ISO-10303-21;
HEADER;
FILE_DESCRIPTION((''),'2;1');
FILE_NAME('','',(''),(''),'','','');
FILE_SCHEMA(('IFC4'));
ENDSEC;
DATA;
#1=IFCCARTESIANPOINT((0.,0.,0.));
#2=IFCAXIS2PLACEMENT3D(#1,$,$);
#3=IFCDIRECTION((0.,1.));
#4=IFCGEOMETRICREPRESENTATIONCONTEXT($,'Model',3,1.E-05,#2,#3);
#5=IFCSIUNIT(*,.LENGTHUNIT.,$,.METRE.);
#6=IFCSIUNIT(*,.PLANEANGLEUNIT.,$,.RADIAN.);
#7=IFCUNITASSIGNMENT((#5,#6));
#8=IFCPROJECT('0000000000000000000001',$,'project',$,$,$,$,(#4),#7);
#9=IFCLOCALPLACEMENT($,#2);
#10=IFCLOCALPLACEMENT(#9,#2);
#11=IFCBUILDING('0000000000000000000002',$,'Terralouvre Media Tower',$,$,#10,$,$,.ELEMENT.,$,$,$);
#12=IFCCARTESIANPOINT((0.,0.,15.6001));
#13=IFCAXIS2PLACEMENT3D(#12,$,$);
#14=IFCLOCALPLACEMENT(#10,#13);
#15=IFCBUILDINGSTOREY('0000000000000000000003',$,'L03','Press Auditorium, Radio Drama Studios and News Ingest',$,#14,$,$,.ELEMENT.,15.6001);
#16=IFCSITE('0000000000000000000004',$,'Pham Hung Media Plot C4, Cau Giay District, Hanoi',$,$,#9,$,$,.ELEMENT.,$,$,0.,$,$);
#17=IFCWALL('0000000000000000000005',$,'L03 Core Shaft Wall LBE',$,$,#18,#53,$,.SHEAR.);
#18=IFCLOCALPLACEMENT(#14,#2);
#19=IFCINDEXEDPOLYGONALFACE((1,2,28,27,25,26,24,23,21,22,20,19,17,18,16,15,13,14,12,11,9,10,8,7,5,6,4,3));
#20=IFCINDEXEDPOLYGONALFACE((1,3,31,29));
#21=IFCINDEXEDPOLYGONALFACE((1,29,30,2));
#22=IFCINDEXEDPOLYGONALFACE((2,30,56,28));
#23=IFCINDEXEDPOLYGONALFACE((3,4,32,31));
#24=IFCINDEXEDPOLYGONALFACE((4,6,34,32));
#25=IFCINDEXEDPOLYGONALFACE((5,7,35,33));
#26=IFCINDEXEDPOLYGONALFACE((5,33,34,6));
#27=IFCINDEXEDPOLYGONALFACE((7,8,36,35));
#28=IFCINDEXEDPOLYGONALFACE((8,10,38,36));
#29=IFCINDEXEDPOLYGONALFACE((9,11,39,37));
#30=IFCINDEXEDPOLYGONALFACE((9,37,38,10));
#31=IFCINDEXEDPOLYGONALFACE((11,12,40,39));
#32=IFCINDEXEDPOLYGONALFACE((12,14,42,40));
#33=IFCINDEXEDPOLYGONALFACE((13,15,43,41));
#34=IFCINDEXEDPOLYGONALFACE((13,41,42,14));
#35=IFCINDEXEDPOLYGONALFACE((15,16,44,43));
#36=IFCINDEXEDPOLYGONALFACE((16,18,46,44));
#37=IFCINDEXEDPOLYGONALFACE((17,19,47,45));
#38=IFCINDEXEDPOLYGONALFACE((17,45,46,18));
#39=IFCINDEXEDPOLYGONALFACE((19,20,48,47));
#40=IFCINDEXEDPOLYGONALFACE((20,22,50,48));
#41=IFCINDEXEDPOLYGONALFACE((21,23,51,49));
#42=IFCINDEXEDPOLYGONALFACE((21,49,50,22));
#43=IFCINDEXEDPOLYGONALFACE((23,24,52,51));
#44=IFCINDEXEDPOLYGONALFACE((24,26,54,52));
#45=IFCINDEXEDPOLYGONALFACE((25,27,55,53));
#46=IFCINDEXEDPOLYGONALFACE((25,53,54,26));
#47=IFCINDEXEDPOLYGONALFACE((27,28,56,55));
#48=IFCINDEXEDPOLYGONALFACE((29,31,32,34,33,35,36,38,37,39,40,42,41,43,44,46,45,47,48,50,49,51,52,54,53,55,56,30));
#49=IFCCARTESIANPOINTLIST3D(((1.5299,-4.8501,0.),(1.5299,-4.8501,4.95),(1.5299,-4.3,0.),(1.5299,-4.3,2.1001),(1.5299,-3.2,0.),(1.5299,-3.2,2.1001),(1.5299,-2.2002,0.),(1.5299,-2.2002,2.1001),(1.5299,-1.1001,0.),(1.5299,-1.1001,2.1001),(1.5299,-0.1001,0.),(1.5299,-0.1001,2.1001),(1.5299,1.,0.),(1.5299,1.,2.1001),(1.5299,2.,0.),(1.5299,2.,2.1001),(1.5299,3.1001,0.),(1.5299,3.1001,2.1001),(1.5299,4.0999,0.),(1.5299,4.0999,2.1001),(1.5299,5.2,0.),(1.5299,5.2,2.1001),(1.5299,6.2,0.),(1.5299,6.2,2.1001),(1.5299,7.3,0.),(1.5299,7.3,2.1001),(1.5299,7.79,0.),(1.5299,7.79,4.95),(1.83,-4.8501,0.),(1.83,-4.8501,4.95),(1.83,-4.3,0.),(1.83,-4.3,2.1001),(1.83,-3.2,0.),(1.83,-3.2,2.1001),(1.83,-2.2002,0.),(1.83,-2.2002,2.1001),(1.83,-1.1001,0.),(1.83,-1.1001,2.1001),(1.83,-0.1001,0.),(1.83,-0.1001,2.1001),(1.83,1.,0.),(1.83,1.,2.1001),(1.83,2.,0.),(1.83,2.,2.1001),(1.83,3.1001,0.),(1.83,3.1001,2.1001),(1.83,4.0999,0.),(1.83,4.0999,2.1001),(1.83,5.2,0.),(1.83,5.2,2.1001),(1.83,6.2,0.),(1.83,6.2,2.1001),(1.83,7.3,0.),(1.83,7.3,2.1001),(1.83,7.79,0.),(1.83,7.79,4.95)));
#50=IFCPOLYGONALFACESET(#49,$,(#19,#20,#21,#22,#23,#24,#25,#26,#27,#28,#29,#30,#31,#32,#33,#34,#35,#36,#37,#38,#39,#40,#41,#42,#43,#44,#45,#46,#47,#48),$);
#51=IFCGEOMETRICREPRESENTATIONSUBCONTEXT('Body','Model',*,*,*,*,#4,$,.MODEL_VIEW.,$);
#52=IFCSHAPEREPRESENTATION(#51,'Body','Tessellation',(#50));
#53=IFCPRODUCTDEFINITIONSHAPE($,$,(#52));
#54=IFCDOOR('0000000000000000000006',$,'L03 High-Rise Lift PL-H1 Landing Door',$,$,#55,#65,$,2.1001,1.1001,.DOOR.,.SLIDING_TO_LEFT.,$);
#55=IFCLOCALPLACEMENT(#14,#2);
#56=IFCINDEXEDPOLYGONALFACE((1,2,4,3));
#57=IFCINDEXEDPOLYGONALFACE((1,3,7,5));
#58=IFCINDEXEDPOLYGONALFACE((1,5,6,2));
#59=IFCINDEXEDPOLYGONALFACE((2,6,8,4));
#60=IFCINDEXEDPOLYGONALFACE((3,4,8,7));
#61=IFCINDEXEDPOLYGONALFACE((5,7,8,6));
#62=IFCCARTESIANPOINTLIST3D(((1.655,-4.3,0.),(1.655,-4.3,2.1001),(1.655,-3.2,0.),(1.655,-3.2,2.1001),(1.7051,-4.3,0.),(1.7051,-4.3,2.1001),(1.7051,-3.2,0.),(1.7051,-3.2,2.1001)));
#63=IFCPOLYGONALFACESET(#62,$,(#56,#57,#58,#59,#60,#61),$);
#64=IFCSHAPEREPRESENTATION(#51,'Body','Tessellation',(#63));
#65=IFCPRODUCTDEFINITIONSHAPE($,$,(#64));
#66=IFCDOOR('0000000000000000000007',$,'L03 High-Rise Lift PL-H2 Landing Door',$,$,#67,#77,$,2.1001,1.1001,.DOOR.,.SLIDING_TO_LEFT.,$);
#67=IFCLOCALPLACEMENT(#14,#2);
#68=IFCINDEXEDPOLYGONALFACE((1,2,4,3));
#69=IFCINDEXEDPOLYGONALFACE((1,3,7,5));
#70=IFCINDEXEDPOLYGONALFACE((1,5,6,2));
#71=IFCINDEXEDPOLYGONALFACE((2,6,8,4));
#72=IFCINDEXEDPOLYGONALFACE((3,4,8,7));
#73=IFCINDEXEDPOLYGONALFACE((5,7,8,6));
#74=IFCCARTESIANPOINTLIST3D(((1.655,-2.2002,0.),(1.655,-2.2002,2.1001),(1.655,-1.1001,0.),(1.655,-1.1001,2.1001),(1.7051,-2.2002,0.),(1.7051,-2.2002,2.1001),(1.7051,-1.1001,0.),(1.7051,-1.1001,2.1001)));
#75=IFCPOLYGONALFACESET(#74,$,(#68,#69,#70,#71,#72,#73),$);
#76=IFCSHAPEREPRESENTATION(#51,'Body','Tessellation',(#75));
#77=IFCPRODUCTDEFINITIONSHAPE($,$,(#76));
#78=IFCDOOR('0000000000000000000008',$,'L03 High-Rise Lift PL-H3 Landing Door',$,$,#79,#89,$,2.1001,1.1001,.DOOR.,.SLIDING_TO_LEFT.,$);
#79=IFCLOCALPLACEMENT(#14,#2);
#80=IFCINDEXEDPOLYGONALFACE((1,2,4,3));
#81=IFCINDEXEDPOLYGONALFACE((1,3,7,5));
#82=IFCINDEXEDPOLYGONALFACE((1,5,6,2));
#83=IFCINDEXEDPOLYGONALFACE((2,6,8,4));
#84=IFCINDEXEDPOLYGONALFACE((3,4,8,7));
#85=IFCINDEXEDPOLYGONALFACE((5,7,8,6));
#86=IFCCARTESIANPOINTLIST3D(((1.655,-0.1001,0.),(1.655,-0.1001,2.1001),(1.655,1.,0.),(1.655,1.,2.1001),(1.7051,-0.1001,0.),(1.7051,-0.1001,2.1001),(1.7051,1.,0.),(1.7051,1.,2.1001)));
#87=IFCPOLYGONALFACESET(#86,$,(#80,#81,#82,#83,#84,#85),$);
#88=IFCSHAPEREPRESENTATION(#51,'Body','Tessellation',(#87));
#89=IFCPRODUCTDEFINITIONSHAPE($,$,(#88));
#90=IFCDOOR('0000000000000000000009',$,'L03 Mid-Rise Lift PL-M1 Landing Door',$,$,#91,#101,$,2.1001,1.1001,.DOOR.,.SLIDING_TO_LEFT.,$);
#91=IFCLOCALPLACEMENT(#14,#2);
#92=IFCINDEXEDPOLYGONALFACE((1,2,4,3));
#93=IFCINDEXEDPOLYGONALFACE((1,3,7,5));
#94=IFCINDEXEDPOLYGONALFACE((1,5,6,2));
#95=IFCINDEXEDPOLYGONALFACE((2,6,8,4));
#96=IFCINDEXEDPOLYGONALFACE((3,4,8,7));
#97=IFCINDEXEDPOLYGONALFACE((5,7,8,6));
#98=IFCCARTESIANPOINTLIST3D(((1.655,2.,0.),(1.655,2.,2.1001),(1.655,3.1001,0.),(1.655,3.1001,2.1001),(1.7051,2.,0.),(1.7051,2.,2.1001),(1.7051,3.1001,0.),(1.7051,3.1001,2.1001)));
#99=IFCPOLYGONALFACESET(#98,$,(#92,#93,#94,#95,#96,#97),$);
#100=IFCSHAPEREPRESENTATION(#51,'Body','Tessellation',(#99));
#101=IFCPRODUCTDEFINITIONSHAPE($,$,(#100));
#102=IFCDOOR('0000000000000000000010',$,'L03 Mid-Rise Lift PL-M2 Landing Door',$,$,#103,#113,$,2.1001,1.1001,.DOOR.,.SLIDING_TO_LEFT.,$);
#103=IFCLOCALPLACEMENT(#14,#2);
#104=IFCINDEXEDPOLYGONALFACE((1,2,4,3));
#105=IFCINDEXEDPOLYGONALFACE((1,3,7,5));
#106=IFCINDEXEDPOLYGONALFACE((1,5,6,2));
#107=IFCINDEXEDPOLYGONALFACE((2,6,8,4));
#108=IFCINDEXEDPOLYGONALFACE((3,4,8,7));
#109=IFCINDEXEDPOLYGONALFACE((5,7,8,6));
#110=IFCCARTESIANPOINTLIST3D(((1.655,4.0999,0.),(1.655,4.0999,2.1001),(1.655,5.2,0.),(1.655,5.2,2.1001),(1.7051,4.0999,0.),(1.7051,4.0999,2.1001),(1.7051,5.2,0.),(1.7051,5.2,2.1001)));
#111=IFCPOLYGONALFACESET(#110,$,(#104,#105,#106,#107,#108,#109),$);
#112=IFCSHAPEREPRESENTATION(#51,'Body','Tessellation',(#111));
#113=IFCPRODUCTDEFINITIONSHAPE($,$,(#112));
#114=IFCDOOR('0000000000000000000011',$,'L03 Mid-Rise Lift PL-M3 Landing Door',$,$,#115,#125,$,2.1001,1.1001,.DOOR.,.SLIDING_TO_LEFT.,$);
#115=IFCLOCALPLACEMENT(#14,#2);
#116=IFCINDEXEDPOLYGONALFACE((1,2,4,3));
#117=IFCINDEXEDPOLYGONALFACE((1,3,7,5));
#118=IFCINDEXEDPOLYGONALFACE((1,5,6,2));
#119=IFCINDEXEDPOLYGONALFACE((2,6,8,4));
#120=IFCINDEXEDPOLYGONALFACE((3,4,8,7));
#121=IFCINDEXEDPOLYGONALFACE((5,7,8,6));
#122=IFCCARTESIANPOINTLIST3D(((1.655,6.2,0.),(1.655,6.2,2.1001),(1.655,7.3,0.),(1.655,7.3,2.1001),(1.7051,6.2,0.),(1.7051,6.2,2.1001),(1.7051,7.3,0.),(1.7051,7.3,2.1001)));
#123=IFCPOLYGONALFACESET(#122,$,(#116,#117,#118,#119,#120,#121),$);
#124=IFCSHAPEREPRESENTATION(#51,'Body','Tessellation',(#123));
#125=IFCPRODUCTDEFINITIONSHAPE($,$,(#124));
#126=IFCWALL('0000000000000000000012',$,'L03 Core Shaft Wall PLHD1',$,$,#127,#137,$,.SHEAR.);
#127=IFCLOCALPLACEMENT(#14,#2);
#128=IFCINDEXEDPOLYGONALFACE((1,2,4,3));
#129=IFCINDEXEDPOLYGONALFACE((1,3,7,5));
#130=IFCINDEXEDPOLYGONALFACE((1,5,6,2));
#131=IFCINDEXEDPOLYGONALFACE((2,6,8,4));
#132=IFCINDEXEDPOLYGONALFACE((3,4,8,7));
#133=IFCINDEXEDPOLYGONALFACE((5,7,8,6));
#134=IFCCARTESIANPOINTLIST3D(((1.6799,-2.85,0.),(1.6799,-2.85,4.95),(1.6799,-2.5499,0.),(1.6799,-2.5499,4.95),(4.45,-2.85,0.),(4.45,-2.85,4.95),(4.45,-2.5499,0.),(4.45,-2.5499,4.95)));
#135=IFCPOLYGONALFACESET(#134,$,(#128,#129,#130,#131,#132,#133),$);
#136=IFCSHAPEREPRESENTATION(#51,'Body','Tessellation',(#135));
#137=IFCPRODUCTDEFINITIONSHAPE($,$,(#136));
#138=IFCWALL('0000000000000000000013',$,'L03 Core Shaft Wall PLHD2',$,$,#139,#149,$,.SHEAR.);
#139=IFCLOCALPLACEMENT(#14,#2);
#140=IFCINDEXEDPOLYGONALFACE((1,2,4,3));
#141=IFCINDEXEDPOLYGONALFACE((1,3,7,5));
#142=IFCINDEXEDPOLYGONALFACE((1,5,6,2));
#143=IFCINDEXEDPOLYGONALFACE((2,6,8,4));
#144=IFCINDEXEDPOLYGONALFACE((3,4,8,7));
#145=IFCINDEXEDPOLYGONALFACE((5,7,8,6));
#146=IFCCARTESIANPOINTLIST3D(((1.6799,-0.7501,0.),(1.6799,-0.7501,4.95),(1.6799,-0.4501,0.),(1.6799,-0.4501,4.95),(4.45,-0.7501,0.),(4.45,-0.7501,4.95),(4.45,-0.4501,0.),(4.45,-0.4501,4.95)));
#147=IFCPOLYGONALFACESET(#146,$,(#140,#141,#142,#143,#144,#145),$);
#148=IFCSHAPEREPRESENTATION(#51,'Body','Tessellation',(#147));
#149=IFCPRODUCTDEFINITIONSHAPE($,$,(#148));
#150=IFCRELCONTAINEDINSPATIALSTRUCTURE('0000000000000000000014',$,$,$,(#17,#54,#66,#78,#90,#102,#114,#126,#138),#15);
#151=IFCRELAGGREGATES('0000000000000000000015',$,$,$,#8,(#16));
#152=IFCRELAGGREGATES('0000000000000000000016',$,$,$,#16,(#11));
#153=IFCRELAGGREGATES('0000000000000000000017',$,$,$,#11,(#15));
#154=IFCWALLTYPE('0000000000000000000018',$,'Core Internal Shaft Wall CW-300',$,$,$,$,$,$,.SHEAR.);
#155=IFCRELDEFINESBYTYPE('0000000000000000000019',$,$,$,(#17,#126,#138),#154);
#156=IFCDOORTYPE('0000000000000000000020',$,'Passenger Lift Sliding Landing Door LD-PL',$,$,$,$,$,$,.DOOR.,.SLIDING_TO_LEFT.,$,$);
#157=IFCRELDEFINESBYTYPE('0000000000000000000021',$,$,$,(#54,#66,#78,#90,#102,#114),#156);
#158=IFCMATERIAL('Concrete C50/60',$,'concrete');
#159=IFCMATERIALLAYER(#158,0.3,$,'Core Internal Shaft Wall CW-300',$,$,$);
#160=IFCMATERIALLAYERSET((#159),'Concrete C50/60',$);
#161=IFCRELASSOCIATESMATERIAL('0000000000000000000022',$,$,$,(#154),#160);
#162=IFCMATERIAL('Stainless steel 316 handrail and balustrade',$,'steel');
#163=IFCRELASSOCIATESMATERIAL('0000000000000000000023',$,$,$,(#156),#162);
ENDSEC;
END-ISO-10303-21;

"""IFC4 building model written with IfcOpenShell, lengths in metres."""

from ifc_helpers import new_model, si_unit, direction, frame, frame_2d, origin, place, context, subcontext, project, spatial, rectangle, extrude, material, layer, layer_set, type_object, element, fill, save


model = new_model("IFC4")

# Units and contexts
model_context = context("Model", 3, precision=1e-05, world=origin(), true_north=direction((0.0, 1.0)))
body_context = subcontext(model_context, "Body", "Model", "MODEL_VIEW")
ifc_project = project(units=[si_unit("LENGTHUNIT", "METRE"), si_unit("PLANEANGLEUNIT", "RADIAN")], contexts=[model_context])

# Site, building, storey
site_placement = place(None, origin())
site = spatial("IfcSite", under=ifc_project, at=site_placement, Name="Pham Hung Media Plot C4, Cau Giay District, Hanoi", CompositionType="ELEMENT", RefElevation=0.0)
building_placement = place(site_placement, origin())
building = spatial("IfcBuilding", under=site, at=building_placement, Name="Terralouvre Media Tower", CompositionType="ELEMENT")
storey_placement = place(building_placement, frame((0.0, 0.0, 15.6001)))
storey = spatial("IfcBuildingStorey", under=building, at=storey_placement, Name="L03", Description="Press Auditorium, Radio Drama Studios and News Ingest", CompositionType="ELEMENT", Elevation=15.6001)

# Shared definitions
ifc_material_1 = material(Name="Concrete C50/60", Category="concrete")
ifc_layer_1 = layer(ifc_material_1, 0.3, Name="Core Internal Shaft Wall CW-300")
ifc_layer_set_1 = layer_set([ifc_layer_1], Name="Concrete C50/60")
wall_type = type_object("IfcWallType", Name="Core Internal Shaft Wall CW-300", PredefinedType="SHEAR", material=ifc_layer_set_1)

# Wall, openings, doors
wall_1_placement = place(storey_placement, frame((1.6799, -4.8501, 0.0), z_axis=(0.0, 0.0, 1.0), x_axis=(0.0, 1.0, 0.0)))
wall_1 = element("IfcWall", 1, at=wall_1_placement, inside=storey, type_object=wall_type, Name="L03 Core Shaft Wall LBE", PredefinedType="SHEAR", context=body_context, shape_type="SweptSolid", body=[
    extrude(rectangle(XDim=12.6401, YDim=0.3, at=frame_2d((6.3201, 0.0))), origin(), (0.0, 0.0, 1.0), 4.95),
])
opening_1_placement = place(wall_1_placement, frame((0.55, 0.0, 0.0)))
opening_1 = element("IfcOpeningElement", 2, at=opening_1_placement, cuts=wall_1, PredefinedType="OPENING", context=body_context, shape_type="SweptSolid", body=[
    extrude(rectangle(XDim=1.1001, YDim=2.1001, at=frame_2d((0.55, 1.05))), frame((0.0, 0.1599, 0.0), z_axis=(0.0, -1.0, 0.0), x_axis=(1.0, 0.0, 0.0)), (0.0, 0.0, 1.0), 0.3201),
])
opening_2_placement = place(wall_1_placement, frame((2.6499, 0.0, 0.0)))
opening_2 = element("IfcOpeningElement", 3, at=opening_2_placement, cuts=wall_1, PredefinedType="OPENING", context=body_context, shape_type="SweptSolid", body=[
    extrude(rectangle(XDim=1.1001, YDim=2.1001, at=frame_2d((0.55, 1.05))), frame((0.0, 0.1599, 0.0), z_axis=(0.0, -1.0, 0.0), x_axis=(1.0, 0.0, 0.0)), (0.0, 0.0, 1.0), 0.3201),
])
opening_3_placement = place(wall_1_placement, frame((4.75, 0.0, 0.0)))
opening_3 = element("IfcOpeningElement", 4, at=opening_3_placement, cuts=wall_1, PredefinedType="OPENING", context=body_context, shape_type="SweptSolid", body=[
    extrude(rectangle(XDim=1.1001, YDim=2.1001, at=frame_2d((0.55, 1.05))), frame((0.0, 0.1599, 0.0), z_axis=(0.0, -1.0, 0.0), x_axis=(1.0, 0.0, 0.0)), (0.0, 0.0, 1.0), 0.3201),
])
opening_4_placement = place(wall_1_placement, frame((6.8501, 0.0, 0.0)))
opening_4 = element("IfcOpeningElement", 5, at=opening_4_placement, cuts=wall_1, PredefinedType="OPENING", context=body_context, shape_type="SweptSolid", body=[
    extrude(rectangle(XDim=1.1001, YDim=2.1001, at=frame_2d((0.55, 1.05))), frame((0.0, 0.1599, 0.0), z_axis=(0.0, -1.0, 0.0), x_axis=(1.0, 0.0, 0.0)), (0.0, 0.0, 1.0), 0.3201),
])
opening_5_placement = place(wall_1_placement, frame((8.95, 0.0, 0.0)))
opening_5 = element("IfcOpeningElement", 6, at=opening_5_placement, cuts=wall_1, PredefinedType="OPENING", context=body_context, shape_type="SweptSolid", body=[
    extrude(rectangle(XDim=1.1001, YDim=2.1001, at=frame_2d((0.55, 1.05))), frame((0.0, 0.1599, 0.0), z_axis=(0.0, -1.0, 0.0), x_axis=(1.0, 0.0, 0.0)), (0.0, 0.0, 1.0), 0.3201),
])
opening_6_placement = place(wall_1_placement, frame((11.05, 0.0, 0.0)))
opening_6 = element("IfcOpeningElement", 7, at=opening_6_placement, cuts=wall_1, PredefinedType="OPENING", context=body_context, shape_type="SweptSolid", body=[
    extrude(rectangle(XDim=1.1001, YDim=2.1001, at=frame_2d((0.55, 1.05))), frame((0.0, 0.1599, 0.0), z_axis=(0.0, -1.0, 0.0), x_axis=(1.0, 0.0, 0.0)), (0.0, 0.0, 1.0), 0.3201),
])
ifc_material_2 = material(Name="Stainless steel 316 handrail and balustrade", Category="steel")
door_type_1 = type_object("IfcDoorType", Name="Passenger Lift Sliding Landing Door LD-PL", OperationType="SLIDING_TO_LEFT", PredefinedType="DOOR", material=ifc_material_2)
door_1_placement = place(opening_1_placement, origin())
door_1 = element("IfcDoor", 8, at=door_1_placement, inside=storey, type_object=door_type_1, Name="L03 High-Rise Lift PL-H1 Landing Door", OperationType="SLIDING_TO_LEFT", OverallHeight=2.1001, OverallWidth=1.1001, PredefinedType="DOOR", context=body_context, shape_type="SweptSolid", body=[
    extrude(rectangle(XDim=1.1001, YDim=2.1001, at=frame_2d((0.55, 1.05))), frame((0.0, 0.0249, 0.0), z_axis=(0.0, -1.0, 0.0), x_axis=(1.0, 0.0, 0.0)), (0.0, 0.0, 1.0), 0.05),
])
fill(opening_1, door_1)
door_2_placement = place(opening_2_placement, origin())
door_2 = element("IfcDoor", 9, at=door_2_placement, inside=storey, type_object=door_type_1, Name="L03 High-Rise Lift PL-H2 Landing Door", OperationType="SLIDING_TO_LEFT", OverallHeight=2.1001, OverallWidth=1.1001, PredefinedType="DOOR", context=body_context, shape_type="SweptSolid", body=[
    extrude(rectangle(XDim=1.1001, YDim=2.1001, at=frame_2d((0.55, 1.05))), frame((0.0, 0.0249, 0.0), z_axis=(0.0, -1.0, 0.0), x_axis=(1.0, 0.0, 0.0)), (0.0, 0.0, 1.0), 0.05),
])
fill(opening_2, door_2)
door_3_placement = place(opening_3_placement, origin())
door_3 = element("IfcDoor", 10, at=door_3_placement, inside=storey, type_object=door_type_1, Name="L03 High-Rise Lift PL-H3 Landing Door", OperationType="SLIDING_TO_LEFT", OverallHeight=2.1001, OverallWidth=1.1001, PredefinedType="DOOR", context=body_context, shape_type="SweptSolid", body=[
    extrude(rectangle(XDim=1.1001, YDim=2.1001, at=frame_2d((0.55, 1.05))), frame((0.0, 0.0249, 0.0), z_axis=(0.0, -1.0, 0.0), x_axis=(1.0, 0.0, 0.0)), (0.0, 0.0, 1.0), 0.05),
])
fill(opening_3, door_3)
door_4_placement = place(opening_4_placement, origin())
door_4 = element("IfcDoor", 11, at=door_4_placement, inside=storey, type_object=door_type_1, Name="L03 Mid-Rise Lift PL-M1 Landing Door", OperationType="SLIDING_TO_LEFT", OverallHeight=2.1001, OverallWidth=1.1001, PredefinedType="DOOR", context=body_context, shape_type="SweptSolid", body=[
    extrude(rectangle(XDim=1.1001, YDim=2.1001, at=frame_2d((0.55, 1.05))), frame((0.0, 0.0249, 0.0), z_axis=(0.0, -1.0, 0.0), x_axis=(1.0, 0.0, 0.0)), (0.0, 0.0, 1.0), 0.05),
])
fill(opening_4, door_4)
door_5_placement = place(opening_5_placement, origin())
door_5 = element("IfcDoor", 12, at=door_5_placement, inside=storey, type_object=door_type_1, Name="L03 Mid-Rise Lift PL-M2 Landing Door", OperationType="SLIDING_TO_LEFT", OverallHeight=2.1001, OverallWidth=1.1001, PredefinedType="DOOR", context=body_context, shape_type="SweptSolid", body=[
    extrude(rectangle(XDim=1.1001, YDim=2.1001, at=frame_2d((0.55, 1.05))), frame((0.0, 0.0249, 0.0), z_axis=(0.0, -1.0, 0.0), x_axis=(1.0, 0.0, 0.0)), (0.0, 0.0, 1.0), 0.05),
])
fill(opening_5, door_5)
door_6_placement = place(opening_6_placement, origin())
door_6 = element("IfcDoor", 13, at=door_6_placement, inside=storey, type_object=door_type_1, Name="L03 Mid-Rise Lift PL-M3 Landing Door", OperationType="SLIDING_TO_LEFT", OverallHeight=2.1001, OverallWidth=1.1001, PredefinedType="DOOR", context=body_context, shape_type="SweptSolid", body=[
    extrude(rectangle(XDim=1.1001, YDim=2.1001, at=frame_2d((0.55, 1.05))), frame((0.0, 0.0249, 0.0), z_axis=(0.0, -1.0, 0.0), x_axis=(1.0, 0.0, 0.0)), (0.0, 0.0, 1.0), 0.05),
])
fill(opening_6, door_6)

# Walls
for number, where, z_axis, x_axis, name in (
    (14, (1.6799, -2.7, 0.0), (0.0, 0.0, 1.0), (1.0, 0.0, 0.0), "L03 Core Shaft Wall PLHD1"),
    (15, (1.6799, -0.6001, 0.0), (0.0, 0.0, 1.0), (1.0, 0.0, 0.0), "L03 Core Shaft Wall PLHD2"),
):
    element("IfcWall", number, at=place(storey_placement, frame(where, z_axis=z_axis, x_axis=x_axis)), inside=storey, type_object=wall_type, Name=name, PredefinedType="SHEAR", context=body_context, shape_type="SweptSolid", body=[
        extrude(rectangle(XDim=2.77, YDim=0.3, at=frame_2d((1.385, 0.0))), origin(), (0.0, 0.0, 1.0), 4.95),
    ])

save(model, "model.ifc")
